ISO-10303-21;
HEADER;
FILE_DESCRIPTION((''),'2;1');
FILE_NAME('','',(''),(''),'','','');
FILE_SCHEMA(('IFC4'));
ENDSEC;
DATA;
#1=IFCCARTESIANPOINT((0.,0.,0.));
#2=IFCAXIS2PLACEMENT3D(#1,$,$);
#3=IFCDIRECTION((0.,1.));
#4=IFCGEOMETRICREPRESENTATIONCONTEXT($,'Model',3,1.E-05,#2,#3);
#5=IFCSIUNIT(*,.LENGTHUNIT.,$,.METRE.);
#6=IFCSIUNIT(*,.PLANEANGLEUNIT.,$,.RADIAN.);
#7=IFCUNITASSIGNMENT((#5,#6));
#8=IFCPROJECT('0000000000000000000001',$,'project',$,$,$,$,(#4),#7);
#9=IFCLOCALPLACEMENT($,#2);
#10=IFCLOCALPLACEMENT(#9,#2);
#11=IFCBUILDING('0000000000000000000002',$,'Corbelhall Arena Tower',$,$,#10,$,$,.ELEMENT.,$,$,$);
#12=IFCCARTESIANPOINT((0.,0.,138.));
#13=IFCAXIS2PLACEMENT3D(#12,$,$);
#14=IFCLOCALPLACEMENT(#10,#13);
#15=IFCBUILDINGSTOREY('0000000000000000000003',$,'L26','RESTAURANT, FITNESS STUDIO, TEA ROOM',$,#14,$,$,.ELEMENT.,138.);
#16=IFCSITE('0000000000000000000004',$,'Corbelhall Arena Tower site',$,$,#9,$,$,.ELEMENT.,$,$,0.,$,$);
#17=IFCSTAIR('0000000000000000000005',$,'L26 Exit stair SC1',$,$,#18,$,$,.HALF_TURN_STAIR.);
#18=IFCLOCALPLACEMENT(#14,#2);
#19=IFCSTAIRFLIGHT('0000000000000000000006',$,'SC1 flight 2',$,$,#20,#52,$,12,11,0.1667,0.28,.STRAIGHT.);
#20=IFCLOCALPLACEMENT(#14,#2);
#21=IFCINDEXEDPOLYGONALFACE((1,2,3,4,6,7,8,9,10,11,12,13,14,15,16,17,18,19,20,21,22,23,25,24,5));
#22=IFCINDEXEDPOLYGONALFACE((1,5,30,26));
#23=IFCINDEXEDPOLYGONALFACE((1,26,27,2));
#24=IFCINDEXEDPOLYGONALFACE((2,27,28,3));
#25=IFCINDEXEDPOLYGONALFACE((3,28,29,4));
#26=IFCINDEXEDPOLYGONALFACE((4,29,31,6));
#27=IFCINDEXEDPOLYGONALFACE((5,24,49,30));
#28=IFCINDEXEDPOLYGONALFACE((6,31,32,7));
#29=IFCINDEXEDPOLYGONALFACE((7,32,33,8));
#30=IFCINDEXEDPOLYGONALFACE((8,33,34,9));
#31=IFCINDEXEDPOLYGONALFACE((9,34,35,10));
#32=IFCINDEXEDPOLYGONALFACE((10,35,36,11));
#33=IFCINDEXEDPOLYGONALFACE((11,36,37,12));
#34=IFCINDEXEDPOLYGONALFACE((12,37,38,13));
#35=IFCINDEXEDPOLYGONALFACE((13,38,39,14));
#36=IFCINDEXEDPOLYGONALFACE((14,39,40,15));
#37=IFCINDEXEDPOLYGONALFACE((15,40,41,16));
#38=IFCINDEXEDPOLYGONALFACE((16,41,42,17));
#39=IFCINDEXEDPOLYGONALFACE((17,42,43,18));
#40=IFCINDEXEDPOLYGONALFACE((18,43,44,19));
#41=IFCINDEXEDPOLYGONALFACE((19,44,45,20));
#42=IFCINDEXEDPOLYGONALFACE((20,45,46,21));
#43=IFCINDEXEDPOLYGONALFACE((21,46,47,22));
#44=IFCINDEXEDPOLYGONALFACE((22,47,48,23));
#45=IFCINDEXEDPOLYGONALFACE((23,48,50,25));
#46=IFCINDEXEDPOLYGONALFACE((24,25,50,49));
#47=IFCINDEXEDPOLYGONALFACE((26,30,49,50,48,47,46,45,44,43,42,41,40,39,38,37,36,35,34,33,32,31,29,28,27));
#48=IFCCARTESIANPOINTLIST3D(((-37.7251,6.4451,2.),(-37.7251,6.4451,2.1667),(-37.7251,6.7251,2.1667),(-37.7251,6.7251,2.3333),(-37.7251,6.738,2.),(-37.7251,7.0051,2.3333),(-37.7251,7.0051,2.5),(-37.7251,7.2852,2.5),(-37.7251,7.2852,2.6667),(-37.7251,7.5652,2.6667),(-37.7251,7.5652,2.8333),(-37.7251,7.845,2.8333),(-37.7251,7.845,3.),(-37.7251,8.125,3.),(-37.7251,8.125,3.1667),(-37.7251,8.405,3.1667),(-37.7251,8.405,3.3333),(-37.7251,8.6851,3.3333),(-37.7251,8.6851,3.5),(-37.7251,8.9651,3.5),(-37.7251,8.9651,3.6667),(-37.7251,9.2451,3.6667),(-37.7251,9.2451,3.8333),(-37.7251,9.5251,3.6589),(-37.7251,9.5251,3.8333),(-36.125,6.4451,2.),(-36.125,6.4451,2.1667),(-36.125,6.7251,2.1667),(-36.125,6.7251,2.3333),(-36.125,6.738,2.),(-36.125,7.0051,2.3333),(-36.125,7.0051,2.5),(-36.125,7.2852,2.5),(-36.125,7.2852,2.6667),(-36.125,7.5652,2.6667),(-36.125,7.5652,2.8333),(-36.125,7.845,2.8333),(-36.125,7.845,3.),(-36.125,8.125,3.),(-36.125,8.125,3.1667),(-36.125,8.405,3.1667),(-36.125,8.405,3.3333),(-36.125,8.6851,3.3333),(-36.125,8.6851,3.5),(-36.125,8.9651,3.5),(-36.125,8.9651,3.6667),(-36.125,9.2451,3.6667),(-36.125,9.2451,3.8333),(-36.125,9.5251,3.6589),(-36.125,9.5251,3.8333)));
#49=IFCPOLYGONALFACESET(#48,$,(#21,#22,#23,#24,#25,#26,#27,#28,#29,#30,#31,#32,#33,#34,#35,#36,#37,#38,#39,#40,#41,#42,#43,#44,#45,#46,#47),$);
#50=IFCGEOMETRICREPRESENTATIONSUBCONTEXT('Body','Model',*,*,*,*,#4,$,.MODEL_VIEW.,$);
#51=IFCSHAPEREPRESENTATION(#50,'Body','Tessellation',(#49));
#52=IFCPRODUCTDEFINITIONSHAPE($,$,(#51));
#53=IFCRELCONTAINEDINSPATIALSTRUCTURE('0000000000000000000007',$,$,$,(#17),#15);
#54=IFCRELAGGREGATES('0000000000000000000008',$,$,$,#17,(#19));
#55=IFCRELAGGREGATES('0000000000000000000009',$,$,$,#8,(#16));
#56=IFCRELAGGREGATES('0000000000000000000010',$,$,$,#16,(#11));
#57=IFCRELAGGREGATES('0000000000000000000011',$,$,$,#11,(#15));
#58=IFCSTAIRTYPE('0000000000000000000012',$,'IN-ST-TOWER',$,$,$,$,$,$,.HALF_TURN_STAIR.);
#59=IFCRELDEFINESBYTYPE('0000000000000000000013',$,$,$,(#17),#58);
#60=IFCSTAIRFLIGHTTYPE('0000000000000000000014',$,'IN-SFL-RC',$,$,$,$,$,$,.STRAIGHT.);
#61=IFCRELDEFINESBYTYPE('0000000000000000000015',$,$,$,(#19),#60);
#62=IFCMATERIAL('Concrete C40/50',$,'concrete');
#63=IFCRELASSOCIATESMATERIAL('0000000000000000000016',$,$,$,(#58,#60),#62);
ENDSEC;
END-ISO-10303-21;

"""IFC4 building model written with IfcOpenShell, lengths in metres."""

from ifc_helpers import new_model, si_unit, direction, frame, origin, place, context, subcontext, project, spatial, polyline, outline, extrude, material, type_object, element, aggregate, save


model = new_model("IFC4")

# Units and contexts
model_context = context("Model", 3, precision=1e-05, world=origin(), true_north=direction((0.0, 1.0)))
body_context = subcontext(model_context, "Body", "Model", "MODEL_VIEW")
ifc_project = project(units=[si_unit("LENGTHUNIT", "METRE"), si_unit("PLANEANGLEUNIT", "RADIAN")], contexts=[model_context])

# Site, building, storey
site_placement = place(None, origin())
site = spatial("IfcSite", under=ifc_project, at=site_placement, Name="Corbelhall Arena Tower site", CompositionType="ELEMENT", RefElevation=0.0)
building_placement = place(site_placement, origin())
building = spatial("IfcBuilding", under=site, at=building_placement, Name="Corbelhall Arena Tower", CompositionType="ELEMENT")
storey_placement = place(building_placement, frame((0.0, 0.0, 138.0)))
storey = spatial("IfcBuildingStorey", under=building, at=storey_placement, Name="L26", Description="RESTAURANT, FITNESS STUDIO, TEA ROOM", CompositionType="ELEMENT", Elevation=138.0)

# Shared definitions
ifc_material_1 = material(Name="Concrete C40/50", Category="concrete")

# Stair, stair flight
stair_type = type_object("IfcStairType", Name="IN-ST-TOWER", PredefinedType="HALF_TURN_STAIR", material=ifc_material_1)
stair_placement = place(storey_placement, origin())
stair = element("IfcStair", 1, at=stair_placement, inside=storey, type_object=stair_type, Name="L26 Exit stair SC1", PredefinedType="HALF_TURN_STAIR")
stair_flight_type = type_object("IfcStairFlightType", Name="IN-SFL-RC", PredefinedType="STRAIGHT", material=ifc_material_1)
stair_flight_1_placement = place(storey_placement, frame((-36.925, 6.4451, 2.0), z_axis=(0.0, 0.0, 1.0), x_axis=(0.0, 1.0, 0.0)))
stair_flight_1 = element("IfcStairFlight", 2, at=stair_flight_1_placement, type_object=stair_flight_type, Name="SC1 flight 2", NumberOfRisers=12, NumberOfTreads=11, PredefinedType="STRAIGHT", RiserHeight=0.1667, TreadLength=0.28, context=body_context, shape_type="SweptSolid", body=[
    extrude(outline(polyline([(0.0, 0.0), (0.0, 0.1667), (0.28, 0.1667), (0.28, 0.3333), (0.5601, 0.3333), (0.5601, 0.5), (0.8401, 0.5), (0.8401, 0.6667), (1.1201, 0.6667), (1.1201, 0.8333), (1.3999, 0.8333), (1.3999, 1.0), (1.6799, 1.0), (1.6799, 1.1667), (1.96, 1.1667), (1.96, 1.3333), (2.24, 1.3333), (2.24, 1.5), (2.52, 1.5), (2.52, 1.6667), (2.8, 1.6667), (2.8, 1.8333), (3.0801, 1.8333), (3.0801, 2.0), (3.0801, 1.6589), (0.293, 0.0), (0.0, 0.0)])), frame((0.0, 0.8, 0.0), z_axis=(0.0, -1.0, 0.0), x_axis=(1.0, 0.0, 0.0)), (0.0, 0.0, 1.0), 1.6001),
])
aggregate(stair, [stair_flight_1])

save(model, "model.ifc")
